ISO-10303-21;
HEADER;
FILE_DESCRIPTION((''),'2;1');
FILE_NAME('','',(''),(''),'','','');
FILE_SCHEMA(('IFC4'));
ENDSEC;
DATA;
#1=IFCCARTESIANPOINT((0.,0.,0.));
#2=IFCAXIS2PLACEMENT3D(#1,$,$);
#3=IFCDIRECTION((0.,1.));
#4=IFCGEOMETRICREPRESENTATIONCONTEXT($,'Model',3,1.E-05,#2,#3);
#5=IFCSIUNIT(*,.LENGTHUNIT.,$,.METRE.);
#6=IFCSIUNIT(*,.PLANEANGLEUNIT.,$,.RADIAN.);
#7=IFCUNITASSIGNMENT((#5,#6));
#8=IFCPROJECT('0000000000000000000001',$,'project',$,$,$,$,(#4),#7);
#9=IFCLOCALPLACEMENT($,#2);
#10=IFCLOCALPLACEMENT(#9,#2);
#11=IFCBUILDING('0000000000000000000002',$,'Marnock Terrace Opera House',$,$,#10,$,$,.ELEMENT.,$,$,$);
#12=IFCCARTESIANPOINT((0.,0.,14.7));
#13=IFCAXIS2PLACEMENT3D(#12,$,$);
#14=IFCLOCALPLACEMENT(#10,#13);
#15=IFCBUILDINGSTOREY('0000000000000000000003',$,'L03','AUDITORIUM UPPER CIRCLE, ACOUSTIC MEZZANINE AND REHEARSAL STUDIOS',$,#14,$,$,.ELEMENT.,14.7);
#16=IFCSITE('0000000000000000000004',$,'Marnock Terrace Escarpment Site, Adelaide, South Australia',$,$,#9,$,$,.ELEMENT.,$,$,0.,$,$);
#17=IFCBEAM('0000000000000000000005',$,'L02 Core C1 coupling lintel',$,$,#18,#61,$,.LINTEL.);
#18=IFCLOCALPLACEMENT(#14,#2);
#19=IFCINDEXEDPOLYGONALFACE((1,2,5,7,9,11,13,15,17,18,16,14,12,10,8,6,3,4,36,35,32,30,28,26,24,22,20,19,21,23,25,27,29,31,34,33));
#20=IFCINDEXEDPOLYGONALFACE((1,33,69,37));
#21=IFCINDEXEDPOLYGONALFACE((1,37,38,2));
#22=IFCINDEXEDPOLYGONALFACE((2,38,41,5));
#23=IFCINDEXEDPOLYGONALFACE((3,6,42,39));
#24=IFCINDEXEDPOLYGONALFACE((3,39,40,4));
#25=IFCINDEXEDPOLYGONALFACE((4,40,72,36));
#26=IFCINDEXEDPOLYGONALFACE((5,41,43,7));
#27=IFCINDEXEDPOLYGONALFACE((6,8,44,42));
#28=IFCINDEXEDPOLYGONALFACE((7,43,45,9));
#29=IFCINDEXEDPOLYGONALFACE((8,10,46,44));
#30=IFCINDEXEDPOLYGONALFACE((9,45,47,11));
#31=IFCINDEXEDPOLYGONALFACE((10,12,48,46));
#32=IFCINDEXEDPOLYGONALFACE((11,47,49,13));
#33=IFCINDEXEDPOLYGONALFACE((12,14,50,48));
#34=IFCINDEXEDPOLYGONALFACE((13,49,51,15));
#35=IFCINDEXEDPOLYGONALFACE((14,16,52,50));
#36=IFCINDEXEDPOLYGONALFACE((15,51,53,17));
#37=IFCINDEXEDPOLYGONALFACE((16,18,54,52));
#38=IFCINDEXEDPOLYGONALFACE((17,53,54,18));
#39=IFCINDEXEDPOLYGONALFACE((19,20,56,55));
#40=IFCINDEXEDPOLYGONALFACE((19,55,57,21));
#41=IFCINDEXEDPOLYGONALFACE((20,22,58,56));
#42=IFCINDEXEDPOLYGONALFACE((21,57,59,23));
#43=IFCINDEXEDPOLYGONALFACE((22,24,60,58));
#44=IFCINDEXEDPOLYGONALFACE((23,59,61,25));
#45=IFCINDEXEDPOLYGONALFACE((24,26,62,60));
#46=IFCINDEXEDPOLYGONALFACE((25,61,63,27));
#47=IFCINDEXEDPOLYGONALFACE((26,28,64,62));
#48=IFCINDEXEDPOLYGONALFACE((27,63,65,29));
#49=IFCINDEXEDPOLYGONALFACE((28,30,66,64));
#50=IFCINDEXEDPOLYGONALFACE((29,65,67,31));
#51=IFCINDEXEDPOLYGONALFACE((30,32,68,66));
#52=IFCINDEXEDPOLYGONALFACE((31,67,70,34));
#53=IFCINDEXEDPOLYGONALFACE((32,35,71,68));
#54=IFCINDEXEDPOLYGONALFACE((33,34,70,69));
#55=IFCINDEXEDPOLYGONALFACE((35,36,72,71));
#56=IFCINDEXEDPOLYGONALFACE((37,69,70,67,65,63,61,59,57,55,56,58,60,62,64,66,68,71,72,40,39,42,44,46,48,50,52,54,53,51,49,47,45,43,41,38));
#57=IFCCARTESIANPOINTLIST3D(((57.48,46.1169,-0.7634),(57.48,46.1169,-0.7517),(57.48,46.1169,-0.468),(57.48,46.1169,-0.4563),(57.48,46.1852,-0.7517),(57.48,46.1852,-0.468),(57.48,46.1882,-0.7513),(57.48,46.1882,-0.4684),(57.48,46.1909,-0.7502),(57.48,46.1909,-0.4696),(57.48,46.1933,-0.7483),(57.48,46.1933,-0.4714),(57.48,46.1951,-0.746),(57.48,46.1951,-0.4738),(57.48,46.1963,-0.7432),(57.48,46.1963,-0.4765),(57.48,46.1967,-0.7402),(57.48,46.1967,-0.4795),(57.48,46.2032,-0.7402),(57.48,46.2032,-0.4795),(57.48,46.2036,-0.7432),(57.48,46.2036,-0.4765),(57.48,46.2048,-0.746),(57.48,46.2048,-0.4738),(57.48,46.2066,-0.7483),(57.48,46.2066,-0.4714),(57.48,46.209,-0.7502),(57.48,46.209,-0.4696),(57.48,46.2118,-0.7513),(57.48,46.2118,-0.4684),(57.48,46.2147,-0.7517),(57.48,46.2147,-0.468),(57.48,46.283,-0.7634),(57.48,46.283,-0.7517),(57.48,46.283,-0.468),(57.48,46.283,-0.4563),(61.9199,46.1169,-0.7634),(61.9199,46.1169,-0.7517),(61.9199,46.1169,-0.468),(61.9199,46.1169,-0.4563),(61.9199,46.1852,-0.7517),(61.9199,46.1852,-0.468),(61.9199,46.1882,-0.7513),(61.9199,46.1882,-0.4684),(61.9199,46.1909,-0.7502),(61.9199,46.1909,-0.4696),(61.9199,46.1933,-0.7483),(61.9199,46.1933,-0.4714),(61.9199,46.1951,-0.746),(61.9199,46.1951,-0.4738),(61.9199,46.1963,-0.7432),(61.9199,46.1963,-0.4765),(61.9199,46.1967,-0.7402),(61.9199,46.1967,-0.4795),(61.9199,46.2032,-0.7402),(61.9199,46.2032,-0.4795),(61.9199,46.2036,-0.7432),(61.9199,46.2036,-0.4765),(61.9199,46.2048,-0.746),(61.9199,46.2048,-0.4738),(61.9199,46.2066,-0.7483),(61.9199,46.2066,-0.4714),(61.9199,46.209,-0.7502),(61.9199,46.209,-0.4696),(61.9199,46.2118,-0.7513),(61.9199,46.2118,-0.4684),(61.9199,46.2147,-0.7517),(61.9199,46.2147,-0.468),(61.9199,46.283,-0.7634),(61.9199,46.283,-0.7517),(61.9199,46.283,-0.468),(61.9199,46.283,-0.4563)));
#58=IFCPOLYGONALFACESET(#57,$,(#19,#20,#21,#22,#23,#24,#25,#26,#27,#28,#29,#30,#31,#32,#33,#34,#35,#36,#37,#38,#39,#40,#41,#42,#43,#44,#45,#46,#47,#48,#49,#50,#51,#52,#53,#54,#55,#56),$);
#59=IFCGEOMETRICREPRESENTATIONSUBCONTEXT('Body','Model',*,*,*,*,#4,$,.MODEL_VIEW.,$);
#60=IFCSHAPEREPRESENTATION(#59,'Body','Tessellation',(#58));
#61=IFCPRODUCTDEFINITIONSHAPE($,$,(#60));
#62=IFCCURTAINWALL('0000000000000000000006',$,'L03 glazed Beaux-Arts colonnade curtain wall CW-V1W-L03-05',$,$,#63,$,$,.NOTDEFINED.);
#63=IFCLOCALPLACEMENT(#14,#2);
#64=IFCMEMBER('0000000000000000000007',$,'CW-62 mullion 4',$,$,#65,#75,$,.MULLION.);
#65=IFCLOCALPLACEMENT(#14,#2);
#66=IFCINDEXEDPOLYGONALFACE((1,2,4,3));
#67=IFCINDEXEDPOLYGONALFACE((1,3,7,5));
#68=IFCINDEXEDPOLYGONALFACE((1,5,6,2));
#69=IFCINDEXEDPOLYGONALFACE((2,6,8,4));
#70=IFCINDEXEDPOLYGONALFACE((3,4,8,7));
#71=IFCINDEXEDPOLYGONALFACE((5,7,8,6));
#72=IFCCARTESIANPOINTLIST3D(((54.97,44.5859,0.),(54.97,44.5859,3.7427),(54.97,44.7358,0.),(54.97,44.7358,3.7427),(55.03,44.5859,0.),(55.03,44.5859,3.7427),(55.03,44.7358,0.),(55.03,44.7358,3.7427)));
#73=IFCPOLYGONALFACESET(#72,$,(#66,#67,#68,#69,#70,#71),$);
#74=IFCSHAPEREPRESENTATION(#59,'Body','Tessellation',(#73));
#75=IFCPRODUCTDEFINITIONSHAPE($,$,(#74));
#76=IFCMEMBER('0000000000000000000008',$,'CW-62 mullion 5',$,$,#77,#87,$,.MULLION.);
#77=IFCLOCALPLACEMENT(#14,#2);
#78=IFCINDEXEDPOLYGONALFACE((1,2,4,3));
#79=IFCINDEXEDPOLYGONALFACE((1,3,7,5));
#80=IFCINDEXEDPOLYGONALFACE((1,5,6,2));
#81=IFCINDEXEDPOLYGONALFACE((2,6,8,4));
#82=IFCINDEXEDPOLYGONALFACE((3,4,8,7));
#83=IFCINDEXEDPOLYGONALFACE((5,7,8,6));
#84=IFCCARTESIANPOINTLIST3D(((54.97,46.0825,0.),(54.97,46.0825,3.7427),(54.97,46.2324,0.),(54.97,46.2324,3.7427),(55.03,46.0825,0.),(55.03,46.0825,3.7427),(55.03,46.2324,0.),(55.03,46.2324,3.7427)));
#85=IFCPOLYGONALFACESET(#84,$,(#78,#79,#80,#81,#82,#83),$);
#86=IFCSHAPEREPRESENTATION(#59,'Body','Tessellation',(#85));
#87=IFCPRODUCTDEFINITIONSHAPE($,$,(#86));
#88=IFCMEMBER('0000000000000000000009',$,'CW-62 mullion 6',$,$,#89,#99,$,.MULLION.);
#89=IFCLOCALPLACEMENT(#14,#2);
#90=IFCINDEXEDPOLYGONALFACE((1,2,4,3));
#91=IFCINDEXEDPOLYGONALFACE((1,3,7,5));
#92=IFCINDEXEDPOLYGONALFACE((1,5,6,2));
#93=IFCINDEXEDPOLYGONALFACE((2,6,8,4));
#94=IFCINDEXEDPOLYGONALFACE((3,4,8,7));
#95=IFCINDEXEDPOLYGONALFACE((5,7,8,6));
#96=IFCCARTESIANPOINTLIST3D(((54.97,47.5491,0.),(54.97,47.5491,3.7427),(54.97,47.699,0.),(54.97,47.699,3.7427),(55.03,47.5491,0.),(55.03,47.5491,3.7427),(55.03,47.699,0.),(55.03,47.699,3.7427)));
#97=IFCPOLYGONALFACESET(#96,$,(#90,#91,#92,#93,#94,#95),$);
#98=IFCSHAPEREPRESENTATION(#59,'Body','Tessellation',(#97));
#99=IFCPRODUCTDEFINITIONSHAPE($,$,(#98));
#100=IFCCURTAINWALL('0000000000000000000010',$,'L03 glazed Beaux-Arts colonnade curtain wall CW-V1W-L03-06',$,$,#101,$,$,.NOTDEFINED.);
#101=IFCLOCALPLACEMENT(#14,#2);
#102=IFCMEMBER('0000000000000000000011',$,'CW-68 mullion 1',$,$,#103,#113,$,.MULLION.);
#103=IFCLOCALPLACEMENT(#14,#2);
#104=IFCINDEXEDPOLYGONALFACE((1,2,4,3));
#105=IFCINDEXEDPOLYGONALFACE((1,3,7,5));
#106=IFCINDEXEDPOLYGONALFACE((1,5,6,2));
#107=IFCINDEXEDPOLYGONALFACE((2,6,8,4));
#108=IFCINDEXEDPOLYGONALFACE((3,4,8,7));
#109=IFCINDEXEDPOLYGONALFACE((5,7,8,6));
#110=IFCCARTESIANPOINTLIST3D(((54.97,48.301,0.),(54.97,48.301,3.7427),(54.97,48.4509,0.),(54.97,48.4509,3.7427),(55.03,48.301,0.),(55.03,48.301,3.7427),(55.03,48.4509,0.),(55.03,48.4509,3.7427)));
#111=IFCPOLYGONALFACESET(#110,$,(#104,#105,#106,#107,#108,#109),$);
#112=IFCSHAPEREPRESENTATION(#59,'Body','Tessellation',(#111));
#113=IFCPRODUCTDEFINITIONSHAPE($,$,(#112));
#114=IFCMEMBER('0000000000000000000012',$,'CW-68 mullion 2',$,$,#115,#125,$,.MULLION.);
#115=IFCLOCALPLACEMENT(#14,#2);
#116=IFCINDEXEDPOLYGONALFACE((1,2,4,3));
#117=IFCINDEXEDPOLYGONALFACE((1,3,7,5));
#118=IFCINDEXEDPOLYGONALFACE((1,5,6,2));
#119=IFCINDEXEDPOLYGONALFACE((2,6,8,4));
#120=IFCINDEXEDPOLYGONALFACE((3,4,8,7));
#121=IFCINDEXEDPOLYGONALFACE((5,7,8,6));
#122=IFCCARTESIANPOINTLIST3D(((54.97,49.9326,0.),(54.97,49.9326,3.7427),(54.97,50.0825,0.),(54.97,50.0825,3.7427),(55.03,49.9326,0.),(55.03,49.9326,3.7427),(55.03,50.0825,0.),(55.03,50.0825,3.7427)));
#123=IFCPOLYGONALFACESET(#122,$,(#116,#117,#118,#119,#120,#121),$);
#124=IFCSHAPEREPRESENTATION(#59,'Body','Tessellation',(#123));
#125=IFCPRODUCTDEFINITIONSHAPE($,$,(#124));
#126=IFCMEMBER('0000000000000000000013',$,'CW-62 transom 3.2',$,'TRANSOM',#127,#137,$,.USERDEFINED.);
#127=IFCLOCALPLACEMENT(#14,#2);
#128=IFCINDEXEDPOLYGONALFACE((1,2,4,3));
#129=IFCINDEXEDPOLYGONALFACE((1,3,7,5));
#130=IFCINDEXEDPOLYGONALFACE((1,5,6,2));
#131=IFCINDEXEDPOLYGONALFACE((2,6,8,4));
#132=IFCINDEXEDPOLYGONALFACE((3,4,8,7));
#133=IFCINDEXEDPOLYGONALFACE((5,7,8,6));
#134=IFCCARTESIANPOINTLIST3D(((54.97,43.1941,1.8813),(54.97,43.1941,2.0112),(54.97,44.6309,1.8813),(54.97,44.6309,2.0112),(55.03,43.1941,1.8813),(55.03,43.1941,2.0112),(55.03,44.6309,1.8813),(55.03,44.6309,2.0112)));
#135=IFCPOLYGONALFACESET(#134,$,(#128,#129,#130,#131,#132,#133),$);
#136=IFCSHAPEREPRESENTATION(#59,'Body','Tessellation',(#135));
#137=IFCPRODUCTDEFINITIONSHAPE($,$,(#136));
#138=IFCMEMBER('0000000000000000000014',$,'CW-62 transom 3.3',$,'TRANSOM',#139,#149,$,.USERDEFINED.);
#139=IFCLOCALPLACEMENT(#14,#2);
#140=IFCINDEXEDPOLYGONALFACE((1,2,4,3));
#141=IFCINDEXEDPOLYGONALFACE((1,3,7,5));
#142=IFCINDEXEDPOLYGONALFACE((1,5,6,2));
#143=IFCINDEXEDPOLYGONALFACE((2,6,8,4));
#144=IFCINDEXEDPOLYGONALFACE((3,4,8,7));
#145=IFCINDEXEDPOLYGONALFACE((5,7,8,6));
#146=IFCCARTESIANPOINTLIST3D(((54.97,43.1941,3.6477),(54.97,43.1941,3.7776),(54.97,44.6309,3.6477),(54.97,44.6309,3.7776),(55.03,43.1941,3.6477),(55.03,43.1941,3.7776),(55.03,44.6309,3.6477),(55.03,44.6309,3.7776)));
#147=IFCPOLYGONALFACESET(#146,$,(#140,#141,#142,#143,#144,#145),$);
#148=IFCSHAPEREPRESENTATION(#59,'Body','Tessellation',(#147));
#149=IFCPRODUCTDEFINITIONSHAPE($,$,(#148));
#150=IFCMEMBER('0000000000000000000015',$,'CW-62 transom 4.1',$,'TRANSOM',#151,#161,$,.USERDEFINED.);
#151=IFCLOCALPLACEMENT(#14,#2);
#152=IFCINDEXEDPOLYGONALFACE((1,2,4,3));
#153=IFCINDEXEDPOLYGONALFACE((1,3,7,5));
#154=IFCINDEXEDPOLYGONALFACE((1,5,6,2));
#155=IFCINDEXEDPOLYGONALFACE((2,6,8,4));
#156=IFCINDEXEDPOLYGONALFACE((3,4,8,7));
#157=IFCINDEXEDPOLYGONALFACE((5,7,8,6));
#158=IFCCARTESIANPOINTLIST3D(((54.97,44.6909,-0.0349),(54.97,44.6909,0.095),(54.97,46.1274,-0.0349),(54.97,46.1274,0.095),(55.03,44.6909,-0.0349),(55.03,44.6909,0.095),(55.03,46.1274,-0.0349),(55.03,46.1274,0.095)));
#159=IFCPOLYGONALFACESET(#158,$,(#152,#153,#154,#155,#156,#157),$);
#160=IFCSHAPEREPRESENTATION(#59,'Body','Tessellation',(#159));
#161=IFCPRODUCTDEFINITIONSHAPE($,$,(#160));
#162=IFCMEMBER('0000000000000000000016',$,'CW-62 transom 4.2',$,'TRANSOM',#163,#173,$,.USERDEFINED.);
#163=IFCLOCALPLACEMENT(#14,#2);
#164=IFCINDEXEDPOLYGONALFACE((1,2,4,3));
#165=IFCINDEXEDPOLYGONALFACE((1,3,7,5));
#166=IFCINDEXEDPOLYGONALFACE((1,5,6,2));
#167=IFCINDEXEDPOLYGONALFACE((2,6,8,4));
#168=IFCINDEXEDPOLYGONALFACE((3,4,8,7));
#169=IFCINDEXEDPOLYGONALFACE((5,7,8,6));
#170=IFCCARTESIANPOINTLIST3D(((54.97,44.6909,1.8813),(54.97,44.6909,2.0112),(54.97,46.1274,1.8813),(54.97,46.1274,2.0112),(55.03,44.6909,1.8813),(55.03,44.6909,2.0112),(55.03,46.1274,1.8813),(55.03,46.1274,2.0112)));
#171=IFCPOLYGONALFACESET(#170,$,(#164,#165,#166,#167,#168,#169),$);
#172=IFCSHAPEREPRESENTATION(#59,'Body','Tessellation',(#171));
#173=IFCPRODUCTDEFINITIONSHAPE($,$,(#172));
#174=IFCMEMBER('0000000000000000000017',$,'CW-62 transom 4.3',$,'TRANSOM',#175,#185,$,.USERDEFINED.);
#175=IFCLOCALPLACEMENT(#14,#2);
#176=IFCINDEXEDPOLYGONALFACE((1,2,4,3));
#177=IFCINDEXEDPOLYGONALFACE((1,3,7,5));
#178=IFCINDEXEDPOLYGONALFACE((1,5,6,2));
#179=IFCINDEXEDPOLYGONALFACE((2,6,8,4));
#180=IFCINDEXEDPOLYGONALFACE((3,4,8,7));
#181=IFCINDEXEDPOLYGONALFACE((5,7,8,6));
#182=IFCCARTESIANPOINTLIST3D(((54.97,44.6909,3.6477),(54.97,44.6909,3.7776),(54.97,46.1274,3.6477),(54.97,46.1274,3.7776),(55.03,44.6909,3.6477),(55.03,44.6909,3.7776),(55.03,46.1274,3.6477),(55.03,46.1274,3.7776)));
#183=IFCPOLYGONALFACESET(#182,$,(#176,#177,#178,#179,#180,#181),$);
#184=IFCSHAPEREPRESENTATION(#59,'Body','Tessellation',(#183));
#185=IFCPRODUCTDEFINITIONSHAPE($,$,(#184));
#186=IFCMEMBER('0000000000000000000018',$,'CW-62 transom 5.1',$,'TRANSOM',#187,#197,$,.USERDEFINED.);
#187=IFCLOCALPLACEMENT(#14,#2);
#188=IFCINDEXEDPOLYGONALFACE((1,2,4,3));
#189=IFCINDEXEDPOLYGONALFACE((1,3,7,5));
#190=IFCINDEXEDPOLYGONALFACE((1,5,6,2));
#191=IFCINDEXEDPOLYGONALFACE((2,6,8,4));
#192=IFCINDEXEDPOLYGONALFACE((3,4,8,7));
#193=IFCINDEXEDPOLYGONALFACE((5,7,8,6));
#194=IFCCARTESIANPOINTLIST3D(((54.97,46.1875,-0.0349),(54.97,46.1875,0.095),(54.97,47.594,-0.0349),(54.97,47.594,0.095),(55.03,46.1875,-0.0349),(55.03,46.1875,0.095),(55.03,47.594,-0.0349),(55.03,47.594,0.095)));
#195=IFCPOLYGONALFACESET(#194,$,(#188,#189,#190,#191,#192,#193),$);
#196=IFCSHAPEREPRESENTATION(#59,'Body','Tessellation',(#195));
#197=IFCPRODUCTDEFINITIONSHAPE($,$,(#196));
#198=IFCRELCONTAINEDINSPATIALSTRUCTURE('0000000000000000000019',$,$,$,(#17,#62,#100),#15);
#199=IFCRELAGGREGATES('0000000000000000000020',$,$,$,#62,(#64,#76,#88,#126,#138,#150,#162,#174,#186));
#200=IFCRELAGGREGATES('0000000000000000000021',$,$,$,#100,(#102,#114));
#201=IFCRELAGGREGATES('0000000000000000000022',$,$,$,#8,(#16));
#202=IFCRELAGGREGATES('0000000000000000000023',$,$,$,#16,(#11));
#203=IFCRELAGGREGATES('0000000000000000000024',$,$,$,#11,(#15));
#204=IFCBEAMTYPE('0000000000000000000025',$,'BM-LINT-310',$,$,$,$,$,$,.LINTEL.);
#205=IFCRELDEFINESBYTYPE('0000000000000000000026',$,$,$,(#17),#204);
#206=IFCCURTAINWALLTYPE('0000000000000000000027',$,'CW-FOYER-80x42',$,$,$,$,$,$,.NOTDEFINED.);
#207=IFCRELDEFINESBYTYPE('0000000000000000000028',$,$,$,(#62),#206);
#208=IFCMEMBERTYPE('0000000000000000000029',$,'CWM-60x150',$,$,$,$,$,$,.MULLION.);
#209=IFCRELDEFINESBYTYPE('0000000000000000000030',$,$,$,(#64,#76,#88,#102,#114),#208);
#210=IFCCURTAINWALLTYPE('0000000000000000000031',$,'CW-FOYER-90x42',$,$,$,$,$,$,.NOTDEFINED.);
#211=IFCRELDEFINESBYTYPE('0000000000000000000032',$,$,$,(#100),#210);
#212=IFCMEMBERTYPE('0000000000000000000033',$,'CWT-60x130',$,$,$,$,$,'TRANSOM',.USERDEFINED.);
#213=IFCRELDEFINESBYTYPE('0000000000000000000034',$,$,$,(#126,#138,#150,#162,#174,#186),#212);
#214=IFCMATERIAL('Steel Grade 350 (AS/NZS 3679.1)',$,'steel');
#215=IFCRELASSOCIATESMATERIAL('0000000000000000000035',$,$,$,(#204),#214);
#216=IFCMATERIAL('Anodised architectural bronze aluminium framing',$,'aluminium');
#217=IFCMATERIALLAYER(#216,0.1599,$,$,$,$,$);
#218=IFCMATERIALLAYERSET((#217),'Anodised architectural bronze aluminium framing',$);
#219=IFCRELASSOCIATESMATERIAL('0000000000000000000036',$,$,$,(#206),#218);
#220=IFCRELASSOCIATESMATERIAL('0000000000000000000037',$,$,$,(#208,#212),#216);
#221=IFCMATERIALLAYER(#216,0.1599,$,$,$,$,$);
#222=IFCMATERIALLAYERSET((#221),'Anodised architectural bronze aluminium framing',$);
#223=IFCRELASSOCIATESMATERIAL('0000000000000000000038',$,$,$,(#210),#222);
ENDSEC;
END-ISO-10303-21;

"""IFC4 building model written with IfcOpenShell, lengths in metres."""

from ifc_helpers import new_model, si_unit, direction, frame, origin, origin_2d, place, context, subcontext, project, spatial, rectangle, i_section, extrude, material, layer, layer_set, material_profile, profile_set, type_object, element, aggregate, save


model = new_model("IFC4")

# Units and contexts
model_context = context("Model", 3, precision=1e-05, world=origin(), true_north=direction((0.0, 1.0)))
body_context = subcontext(model_context, "Body", "Model", "MODEL_VIEW")
ifc_project = project(units=[si_unit("LENGTHUNIT", "METRE"), si_unit("PLANEANGLEUNIT", "RADIAN")], contexts=[model_context])

# Site, building, storey
site_placement = place(None, origin())
site = spatial("IfcSite", under=ifc_project, at=site_placement, Name="Marnock Terrace Escarpment Site, Adelaide, South Australia", CompositionType="ELEMENT", RefElevation=0.0)
building_placement = place(site_placement, origin())
building = spatial("IfcBuilding", under=site, at=building_placement, Name="Marnock Terrace Opera House", CompositionType="ELEMENT")
storey_placement = place(building_placement, frame((0.0, 0.0, 14.7)))
storey = spatial("IfcBuildingStorey", under=building, at=storey_placement, Name="L03", Description="AUDITORIUM UPPER CIRCLE, ACOUSTIC MEZZANINE AND REHEARSAL STUDIOS", CompositionType="ELEMENT", Elevation=14.7)

# Beam
ifc_material_1 = material(Name="Steel Grade 350 (AS/NZS 3679.1)", Category="steel")
ifc_material_profile_1 = material_profile(ifc_material_1, i_section(OverallWidth=0.166, OverallDepth=0.3071, WebThickness=0.0066, FlangeThickness=0.0117, FilletRadius=0.0115, at=origin_2d()))
ifc_profile_set_1 = profile_set([ifc_material_profile_1], Name="Steel Grade 350 (AS/NZS 3679.1)")
beam_type = type_object("IfcBeamType", Name="BM-LINT-310", PredefinedType="LINTEL", material=ifc_profile_set_1)
beam_placement = place(storey_placement, frame((57.48, 46.2, -0.6099), z_axis=(1.0, 0.0, 0.0), x_axis=(0.0, 1.0, 0.0)))
element("IfcBeam", 1, at=beam_placement, inside=storey, type_object=beam_type, Name="L02 Core C1 coupling lintel", PredefinedType="LINTEL", context=body_context, shape_type="SweptSolid", body=[
    extrude(i_section(OverallWidth=0.166, OverallDepth=0.3071, WebThickness=0.0066, FlangeThickness=0.0117, FilletRadius=0.0115, at=origin_2d()), origin(), (0.0, 0.0, 1.0), 4.4399),
])

# Curtain walls, members
ifc_material_2 = material(Name="Anodised architectural bronze aluminium framing", Category="aluminium")
ifc_layer_1 = layer(ifc_material_2, 0.1599)
ifc_layer_set_1 = layer_set([ifc_layer_1], Name="Anodised architectural bronze aluminium framing")
curtain_wall_type_1 = type_object("IfcCurtainWallType", Name="CW-FOYER-80x42", PredefinedType="NOTDEFINED", material=ifc_layer_set_1)
curtain_wall_1_placement = place(storey_placement, origin())
curtain_wall_1 = element("IfcCurtainWall", 2, at=curtain_wall_1_placement, inside=storey, type_object=curtain_wall_type_1, Name="L03 glazed Beaux-Arts colonnade curtain wall CW-V1W-L03-05", PredefinedType="NOTDEFINED")
ifc_material_profile_2 = material_profile(ifc_material_2, rectangle(XDim=0.0601, YDim=0.1499, at=origin_2d()))
ifc_profile_set_2 = profile_set([ifc_material_profile_2], Name="Anodised architectural bronze aluminium framing")
member_type_1 = type_object("IfcMemberType", Name="CWM-60x150", PredefinedType="MULLION", material=ifc_profile_set_2)
member_1_placement = place(storey_placement, frame((55.0, 44.6609, 0.0), z_axis=(0.0, 0.0, 1.0), x_axis=(-1.0, 0.0, 0.0)))
member_1 = element("IfcMember", 3, at=member_1_placement, type_object=member_type_1, Name="CW-62 mullion 4", PredefinedType="MULLION", context=body_context, shape_type="SweptSolid", body=[
    extrude(rectangle(XDim=0.0601, YDim=0.1499, at=origin_2d()), origin(), (0.0, 0.0, 1.0), 3.7427),
])
member_2_placement = place(storey_placement, frame((55.0, 46.1575, 0.0), z_axis=(0.0, 0.0, 1.0), x_axis=(-1.0, 0.0, 0.0)))
member_2 = element("IfcMember", 4, at=member_2_placement, type_object=member_type_1, Name="CW-62 mullion 5", PredefinedType="MULLION", context=body_context, shape_type="SweptSolid", body=[
    extrude(rectangle(XDim=0.0601, YDim=0.1499, at=origin_2d()), origin(), (0.0, 0.0, 1.0), 3.7427),
])
member_3_placement = place(storey_placement, frame((55.0, 47.624, 0.0), z_axis=(0.0, 0.0, 1.0), x_axis=(-1.0, 0.0, 0.0)))
member_3 = element("IfcMember", 5, at=member_3_placement, type_object=member_type_1, Name="CW-62 mullion 6", PredefinedType="MULLION", context=body_context, shape_type="SweptSolid", body=[
    extrude(rectangle(XDim=0.0601, YDim=0.1499, at=origin_2d()), origin(), (0.0, 0.0, 1.0), 3.7427),
])
ifc_layer_2 = layer(ifc_material_2, 0.1599)
ifc_layer_set_2 = layer_set([ifc_layer_2], Name="Anodised architectural bronze aluminium framing")
curtain_wall_type_2 = type_object("IfcCurtainWallType", Name="CW-FOYER-90x42", PredefinedType="NOTDEFINED", material=ifc_layer_set_2)
curtain_wall_2_placement = place(storey_placement, origin())
curtain_wall_2 = element("IfcCurtainWall", 6, at=curtain_wall_2_placement, inside=storey, type_object=curtain_wall_type_2, Name="L03 glazed Beaux-Arts colonnade curtain wall CW-V1W-L03-06", PredefinedType="NOTDEFINED")
member_4_placement = place(storey_placement, frame((55.0, 48.376, 0.0), z_axis=(0.0, 0.0, 1.0), x_axis=(-1.0, 0.0, 0.0)))
member_4 = element("IfcMember", 7, at=member_4_placement, type_object=member_type_1, Name="CW-68 mullion 1", PredefinedType="MULLION", context=body_context, shape_type="SweptSolid", body=[
    extrude(rectangle(XDim=0.0601, YDim=0.1499, at=origin_2d()), origin(), (0.0, 0.0, 1.0), 3.7427),
])
member_5_placement = place(storey_placement, frame((55.0, 50.0076, 0.0), z_axis=(0.0, 0.0, 1.0), x_axis=(-1.0, 0.0, 0.0)))
member_5 = element("IfcMember", 8, at=member_5_placement, type_object=member_type_1, Name="CW-68 mullion 2", PredefinedType="MULLION", context=body_context, shape_type="SweptSolid", body=[
    extrude(rectangle(XDim=0.0601, YDim=0.1499, at=origin_2d()), origin(), (0.0, 0.0, 1.0), 3.7427),
])

# Members
ifc_material_profile_3 = material_profile(ifc_material_2, rectangle(XDim=0.0601, YDim=0.1299, at=origin_2d()))
ifc_profile_set_3 = profile_set([ifc_material_profile_3], Name="Anodised architectural bronze aluminium framing")
member_type_2 = type_object("IfcMemberType", Name="CWT-60x130", ElementType="TRANSOM", PredefinedType="USERDEFINED", material=ifc_profile_set_3)
member_6_placement = place(storey_placement, frame((55.0, 43.1941, 1.9463), z_axis=(0.0, 1.0, 0.0), x_axis=(-1.0, 0.0, 0.0)))
member_6 = element("IfcMember", 9, at=member_6_placement, type_object=member_type_2, Name="CW-62 transom 3.2", ObjectType="TRANSOM", PredefinedType="USERDEFINED", context=body_context, shape_type="SweptSolid", body=[
    extrude(rectangle(XDim=0.0601, YDim=0.1299, at=origin_2d()), origin(), (0.0, 0.0, 1.0), 1.4368),
])
member_7_placement = place(storey_placement, frame((55.0, 43.1941, 3.7126), z_axis=(0.0, 1.0, 0.0), x_axis=(-1.0, 0.0, 0.0)))
member_7 = element("IfcMember", 10, at=member_7_placement, type_object=member_type_2, Name="CW-62 transom 3.3", ObjectType="TRANSOM", PredefinedType="USERDEFINED", context=body_context, shape_type="SweptSolid", body=[
    extrude(rectangle(XDim=0.0601, YDim=0.1299, at=origin_2d()), origin(), (0.0, 0.0, 1.0), 1.4368),
])
member_8_placement = place(storey_placement, frame((55.0, 44.6909, 0.03), z_axis=(0.0, 1.0, 0.0), x_axis=(-1.0, 0.0, 0.0)))
member_8 = element("IfcMember", 11, at=member_8_placement, type_object=member_type_2, Name="CW-62 transom 4.1", ObjectType="TRANSOM", PredefinedType="USERDEFINED", context=body_context, shape_type="SweptSolid", body=[
    extrude(rectangle(XDim=0.0601, YDim=0.1299, at=origin_2d()), origin(), (0.0, 0.0, 1.0), 1.4365),
])
member_9_placement = place(storey_placement, frame((55.0, 44.6909, 1.9463), z_axis=(0.0, 1.0, 0.0), x_axis=(-1.0, 0.0, 0.0)))
member_9 = element("IfcMember", 12, at=member_9_placement, type_object=member_type_2, Name="CW-62 transom 4.2", ObjectType="TRANSOM", PredefinedType="USERDEFINED", context=body_context, shape_type="SweptSolid", body=[
    extrude(rectangle(XDim=0.0601, YDim=0.1299, at=origin_2d()), origin(), (0.0, 0.0, 1.0), 1.4365),
])
member_10_placement = place(storey_placement, frame((55.0, 44.6909, 3.7126), z_axis=(0.0, 1.0, 0.0), x_axis=(-1.0, 0.0, 0.0)))
member_10 = element("IfcMember", 13, at=member_10_placement, type_object=member_type_2, Name="CW-62 transom 4.3", ObjectType="TRANSOM", PredefinedType="USERDEFINED", context=body_context, shape_type="SweptSolid", body=[
    extrude(rectangle(XDim=0.0601, YDim=0.1299, at=origin_2d()), origin(), (0.0, 0.0, 1.0), 1.4365),
])
member_11_placement = place(storey_placement, frame((55.0, 46.1875, 0.03), z_axis=(0.0, 1.0, 0.0), x_axis=(-1.0, 0.0, 0.0)))
member_11 = element("IfcMember", 14, at=member_11_placement, type_object=member_type_2, Name="CW-62 transom 5.1", ObjectType="TRANSOM", PredefinedType="USERDEFINED", context=body_context, shape_type="SweptSolid", body=[
    extrude(rectangle(XDim=0.0601, YDim=0.1299, at=origin_2d()), origin(), (0.0, 0.0, 1.0), 1.4065),
])

aggregate(curtain_wall_1, [member_1, member_2, member_3, member_6, member_7, member_8, member_9, member_10, member_11])
aggregate(curtain_wall_2, [member_4, member_5])

save(model, "model.ifc")
